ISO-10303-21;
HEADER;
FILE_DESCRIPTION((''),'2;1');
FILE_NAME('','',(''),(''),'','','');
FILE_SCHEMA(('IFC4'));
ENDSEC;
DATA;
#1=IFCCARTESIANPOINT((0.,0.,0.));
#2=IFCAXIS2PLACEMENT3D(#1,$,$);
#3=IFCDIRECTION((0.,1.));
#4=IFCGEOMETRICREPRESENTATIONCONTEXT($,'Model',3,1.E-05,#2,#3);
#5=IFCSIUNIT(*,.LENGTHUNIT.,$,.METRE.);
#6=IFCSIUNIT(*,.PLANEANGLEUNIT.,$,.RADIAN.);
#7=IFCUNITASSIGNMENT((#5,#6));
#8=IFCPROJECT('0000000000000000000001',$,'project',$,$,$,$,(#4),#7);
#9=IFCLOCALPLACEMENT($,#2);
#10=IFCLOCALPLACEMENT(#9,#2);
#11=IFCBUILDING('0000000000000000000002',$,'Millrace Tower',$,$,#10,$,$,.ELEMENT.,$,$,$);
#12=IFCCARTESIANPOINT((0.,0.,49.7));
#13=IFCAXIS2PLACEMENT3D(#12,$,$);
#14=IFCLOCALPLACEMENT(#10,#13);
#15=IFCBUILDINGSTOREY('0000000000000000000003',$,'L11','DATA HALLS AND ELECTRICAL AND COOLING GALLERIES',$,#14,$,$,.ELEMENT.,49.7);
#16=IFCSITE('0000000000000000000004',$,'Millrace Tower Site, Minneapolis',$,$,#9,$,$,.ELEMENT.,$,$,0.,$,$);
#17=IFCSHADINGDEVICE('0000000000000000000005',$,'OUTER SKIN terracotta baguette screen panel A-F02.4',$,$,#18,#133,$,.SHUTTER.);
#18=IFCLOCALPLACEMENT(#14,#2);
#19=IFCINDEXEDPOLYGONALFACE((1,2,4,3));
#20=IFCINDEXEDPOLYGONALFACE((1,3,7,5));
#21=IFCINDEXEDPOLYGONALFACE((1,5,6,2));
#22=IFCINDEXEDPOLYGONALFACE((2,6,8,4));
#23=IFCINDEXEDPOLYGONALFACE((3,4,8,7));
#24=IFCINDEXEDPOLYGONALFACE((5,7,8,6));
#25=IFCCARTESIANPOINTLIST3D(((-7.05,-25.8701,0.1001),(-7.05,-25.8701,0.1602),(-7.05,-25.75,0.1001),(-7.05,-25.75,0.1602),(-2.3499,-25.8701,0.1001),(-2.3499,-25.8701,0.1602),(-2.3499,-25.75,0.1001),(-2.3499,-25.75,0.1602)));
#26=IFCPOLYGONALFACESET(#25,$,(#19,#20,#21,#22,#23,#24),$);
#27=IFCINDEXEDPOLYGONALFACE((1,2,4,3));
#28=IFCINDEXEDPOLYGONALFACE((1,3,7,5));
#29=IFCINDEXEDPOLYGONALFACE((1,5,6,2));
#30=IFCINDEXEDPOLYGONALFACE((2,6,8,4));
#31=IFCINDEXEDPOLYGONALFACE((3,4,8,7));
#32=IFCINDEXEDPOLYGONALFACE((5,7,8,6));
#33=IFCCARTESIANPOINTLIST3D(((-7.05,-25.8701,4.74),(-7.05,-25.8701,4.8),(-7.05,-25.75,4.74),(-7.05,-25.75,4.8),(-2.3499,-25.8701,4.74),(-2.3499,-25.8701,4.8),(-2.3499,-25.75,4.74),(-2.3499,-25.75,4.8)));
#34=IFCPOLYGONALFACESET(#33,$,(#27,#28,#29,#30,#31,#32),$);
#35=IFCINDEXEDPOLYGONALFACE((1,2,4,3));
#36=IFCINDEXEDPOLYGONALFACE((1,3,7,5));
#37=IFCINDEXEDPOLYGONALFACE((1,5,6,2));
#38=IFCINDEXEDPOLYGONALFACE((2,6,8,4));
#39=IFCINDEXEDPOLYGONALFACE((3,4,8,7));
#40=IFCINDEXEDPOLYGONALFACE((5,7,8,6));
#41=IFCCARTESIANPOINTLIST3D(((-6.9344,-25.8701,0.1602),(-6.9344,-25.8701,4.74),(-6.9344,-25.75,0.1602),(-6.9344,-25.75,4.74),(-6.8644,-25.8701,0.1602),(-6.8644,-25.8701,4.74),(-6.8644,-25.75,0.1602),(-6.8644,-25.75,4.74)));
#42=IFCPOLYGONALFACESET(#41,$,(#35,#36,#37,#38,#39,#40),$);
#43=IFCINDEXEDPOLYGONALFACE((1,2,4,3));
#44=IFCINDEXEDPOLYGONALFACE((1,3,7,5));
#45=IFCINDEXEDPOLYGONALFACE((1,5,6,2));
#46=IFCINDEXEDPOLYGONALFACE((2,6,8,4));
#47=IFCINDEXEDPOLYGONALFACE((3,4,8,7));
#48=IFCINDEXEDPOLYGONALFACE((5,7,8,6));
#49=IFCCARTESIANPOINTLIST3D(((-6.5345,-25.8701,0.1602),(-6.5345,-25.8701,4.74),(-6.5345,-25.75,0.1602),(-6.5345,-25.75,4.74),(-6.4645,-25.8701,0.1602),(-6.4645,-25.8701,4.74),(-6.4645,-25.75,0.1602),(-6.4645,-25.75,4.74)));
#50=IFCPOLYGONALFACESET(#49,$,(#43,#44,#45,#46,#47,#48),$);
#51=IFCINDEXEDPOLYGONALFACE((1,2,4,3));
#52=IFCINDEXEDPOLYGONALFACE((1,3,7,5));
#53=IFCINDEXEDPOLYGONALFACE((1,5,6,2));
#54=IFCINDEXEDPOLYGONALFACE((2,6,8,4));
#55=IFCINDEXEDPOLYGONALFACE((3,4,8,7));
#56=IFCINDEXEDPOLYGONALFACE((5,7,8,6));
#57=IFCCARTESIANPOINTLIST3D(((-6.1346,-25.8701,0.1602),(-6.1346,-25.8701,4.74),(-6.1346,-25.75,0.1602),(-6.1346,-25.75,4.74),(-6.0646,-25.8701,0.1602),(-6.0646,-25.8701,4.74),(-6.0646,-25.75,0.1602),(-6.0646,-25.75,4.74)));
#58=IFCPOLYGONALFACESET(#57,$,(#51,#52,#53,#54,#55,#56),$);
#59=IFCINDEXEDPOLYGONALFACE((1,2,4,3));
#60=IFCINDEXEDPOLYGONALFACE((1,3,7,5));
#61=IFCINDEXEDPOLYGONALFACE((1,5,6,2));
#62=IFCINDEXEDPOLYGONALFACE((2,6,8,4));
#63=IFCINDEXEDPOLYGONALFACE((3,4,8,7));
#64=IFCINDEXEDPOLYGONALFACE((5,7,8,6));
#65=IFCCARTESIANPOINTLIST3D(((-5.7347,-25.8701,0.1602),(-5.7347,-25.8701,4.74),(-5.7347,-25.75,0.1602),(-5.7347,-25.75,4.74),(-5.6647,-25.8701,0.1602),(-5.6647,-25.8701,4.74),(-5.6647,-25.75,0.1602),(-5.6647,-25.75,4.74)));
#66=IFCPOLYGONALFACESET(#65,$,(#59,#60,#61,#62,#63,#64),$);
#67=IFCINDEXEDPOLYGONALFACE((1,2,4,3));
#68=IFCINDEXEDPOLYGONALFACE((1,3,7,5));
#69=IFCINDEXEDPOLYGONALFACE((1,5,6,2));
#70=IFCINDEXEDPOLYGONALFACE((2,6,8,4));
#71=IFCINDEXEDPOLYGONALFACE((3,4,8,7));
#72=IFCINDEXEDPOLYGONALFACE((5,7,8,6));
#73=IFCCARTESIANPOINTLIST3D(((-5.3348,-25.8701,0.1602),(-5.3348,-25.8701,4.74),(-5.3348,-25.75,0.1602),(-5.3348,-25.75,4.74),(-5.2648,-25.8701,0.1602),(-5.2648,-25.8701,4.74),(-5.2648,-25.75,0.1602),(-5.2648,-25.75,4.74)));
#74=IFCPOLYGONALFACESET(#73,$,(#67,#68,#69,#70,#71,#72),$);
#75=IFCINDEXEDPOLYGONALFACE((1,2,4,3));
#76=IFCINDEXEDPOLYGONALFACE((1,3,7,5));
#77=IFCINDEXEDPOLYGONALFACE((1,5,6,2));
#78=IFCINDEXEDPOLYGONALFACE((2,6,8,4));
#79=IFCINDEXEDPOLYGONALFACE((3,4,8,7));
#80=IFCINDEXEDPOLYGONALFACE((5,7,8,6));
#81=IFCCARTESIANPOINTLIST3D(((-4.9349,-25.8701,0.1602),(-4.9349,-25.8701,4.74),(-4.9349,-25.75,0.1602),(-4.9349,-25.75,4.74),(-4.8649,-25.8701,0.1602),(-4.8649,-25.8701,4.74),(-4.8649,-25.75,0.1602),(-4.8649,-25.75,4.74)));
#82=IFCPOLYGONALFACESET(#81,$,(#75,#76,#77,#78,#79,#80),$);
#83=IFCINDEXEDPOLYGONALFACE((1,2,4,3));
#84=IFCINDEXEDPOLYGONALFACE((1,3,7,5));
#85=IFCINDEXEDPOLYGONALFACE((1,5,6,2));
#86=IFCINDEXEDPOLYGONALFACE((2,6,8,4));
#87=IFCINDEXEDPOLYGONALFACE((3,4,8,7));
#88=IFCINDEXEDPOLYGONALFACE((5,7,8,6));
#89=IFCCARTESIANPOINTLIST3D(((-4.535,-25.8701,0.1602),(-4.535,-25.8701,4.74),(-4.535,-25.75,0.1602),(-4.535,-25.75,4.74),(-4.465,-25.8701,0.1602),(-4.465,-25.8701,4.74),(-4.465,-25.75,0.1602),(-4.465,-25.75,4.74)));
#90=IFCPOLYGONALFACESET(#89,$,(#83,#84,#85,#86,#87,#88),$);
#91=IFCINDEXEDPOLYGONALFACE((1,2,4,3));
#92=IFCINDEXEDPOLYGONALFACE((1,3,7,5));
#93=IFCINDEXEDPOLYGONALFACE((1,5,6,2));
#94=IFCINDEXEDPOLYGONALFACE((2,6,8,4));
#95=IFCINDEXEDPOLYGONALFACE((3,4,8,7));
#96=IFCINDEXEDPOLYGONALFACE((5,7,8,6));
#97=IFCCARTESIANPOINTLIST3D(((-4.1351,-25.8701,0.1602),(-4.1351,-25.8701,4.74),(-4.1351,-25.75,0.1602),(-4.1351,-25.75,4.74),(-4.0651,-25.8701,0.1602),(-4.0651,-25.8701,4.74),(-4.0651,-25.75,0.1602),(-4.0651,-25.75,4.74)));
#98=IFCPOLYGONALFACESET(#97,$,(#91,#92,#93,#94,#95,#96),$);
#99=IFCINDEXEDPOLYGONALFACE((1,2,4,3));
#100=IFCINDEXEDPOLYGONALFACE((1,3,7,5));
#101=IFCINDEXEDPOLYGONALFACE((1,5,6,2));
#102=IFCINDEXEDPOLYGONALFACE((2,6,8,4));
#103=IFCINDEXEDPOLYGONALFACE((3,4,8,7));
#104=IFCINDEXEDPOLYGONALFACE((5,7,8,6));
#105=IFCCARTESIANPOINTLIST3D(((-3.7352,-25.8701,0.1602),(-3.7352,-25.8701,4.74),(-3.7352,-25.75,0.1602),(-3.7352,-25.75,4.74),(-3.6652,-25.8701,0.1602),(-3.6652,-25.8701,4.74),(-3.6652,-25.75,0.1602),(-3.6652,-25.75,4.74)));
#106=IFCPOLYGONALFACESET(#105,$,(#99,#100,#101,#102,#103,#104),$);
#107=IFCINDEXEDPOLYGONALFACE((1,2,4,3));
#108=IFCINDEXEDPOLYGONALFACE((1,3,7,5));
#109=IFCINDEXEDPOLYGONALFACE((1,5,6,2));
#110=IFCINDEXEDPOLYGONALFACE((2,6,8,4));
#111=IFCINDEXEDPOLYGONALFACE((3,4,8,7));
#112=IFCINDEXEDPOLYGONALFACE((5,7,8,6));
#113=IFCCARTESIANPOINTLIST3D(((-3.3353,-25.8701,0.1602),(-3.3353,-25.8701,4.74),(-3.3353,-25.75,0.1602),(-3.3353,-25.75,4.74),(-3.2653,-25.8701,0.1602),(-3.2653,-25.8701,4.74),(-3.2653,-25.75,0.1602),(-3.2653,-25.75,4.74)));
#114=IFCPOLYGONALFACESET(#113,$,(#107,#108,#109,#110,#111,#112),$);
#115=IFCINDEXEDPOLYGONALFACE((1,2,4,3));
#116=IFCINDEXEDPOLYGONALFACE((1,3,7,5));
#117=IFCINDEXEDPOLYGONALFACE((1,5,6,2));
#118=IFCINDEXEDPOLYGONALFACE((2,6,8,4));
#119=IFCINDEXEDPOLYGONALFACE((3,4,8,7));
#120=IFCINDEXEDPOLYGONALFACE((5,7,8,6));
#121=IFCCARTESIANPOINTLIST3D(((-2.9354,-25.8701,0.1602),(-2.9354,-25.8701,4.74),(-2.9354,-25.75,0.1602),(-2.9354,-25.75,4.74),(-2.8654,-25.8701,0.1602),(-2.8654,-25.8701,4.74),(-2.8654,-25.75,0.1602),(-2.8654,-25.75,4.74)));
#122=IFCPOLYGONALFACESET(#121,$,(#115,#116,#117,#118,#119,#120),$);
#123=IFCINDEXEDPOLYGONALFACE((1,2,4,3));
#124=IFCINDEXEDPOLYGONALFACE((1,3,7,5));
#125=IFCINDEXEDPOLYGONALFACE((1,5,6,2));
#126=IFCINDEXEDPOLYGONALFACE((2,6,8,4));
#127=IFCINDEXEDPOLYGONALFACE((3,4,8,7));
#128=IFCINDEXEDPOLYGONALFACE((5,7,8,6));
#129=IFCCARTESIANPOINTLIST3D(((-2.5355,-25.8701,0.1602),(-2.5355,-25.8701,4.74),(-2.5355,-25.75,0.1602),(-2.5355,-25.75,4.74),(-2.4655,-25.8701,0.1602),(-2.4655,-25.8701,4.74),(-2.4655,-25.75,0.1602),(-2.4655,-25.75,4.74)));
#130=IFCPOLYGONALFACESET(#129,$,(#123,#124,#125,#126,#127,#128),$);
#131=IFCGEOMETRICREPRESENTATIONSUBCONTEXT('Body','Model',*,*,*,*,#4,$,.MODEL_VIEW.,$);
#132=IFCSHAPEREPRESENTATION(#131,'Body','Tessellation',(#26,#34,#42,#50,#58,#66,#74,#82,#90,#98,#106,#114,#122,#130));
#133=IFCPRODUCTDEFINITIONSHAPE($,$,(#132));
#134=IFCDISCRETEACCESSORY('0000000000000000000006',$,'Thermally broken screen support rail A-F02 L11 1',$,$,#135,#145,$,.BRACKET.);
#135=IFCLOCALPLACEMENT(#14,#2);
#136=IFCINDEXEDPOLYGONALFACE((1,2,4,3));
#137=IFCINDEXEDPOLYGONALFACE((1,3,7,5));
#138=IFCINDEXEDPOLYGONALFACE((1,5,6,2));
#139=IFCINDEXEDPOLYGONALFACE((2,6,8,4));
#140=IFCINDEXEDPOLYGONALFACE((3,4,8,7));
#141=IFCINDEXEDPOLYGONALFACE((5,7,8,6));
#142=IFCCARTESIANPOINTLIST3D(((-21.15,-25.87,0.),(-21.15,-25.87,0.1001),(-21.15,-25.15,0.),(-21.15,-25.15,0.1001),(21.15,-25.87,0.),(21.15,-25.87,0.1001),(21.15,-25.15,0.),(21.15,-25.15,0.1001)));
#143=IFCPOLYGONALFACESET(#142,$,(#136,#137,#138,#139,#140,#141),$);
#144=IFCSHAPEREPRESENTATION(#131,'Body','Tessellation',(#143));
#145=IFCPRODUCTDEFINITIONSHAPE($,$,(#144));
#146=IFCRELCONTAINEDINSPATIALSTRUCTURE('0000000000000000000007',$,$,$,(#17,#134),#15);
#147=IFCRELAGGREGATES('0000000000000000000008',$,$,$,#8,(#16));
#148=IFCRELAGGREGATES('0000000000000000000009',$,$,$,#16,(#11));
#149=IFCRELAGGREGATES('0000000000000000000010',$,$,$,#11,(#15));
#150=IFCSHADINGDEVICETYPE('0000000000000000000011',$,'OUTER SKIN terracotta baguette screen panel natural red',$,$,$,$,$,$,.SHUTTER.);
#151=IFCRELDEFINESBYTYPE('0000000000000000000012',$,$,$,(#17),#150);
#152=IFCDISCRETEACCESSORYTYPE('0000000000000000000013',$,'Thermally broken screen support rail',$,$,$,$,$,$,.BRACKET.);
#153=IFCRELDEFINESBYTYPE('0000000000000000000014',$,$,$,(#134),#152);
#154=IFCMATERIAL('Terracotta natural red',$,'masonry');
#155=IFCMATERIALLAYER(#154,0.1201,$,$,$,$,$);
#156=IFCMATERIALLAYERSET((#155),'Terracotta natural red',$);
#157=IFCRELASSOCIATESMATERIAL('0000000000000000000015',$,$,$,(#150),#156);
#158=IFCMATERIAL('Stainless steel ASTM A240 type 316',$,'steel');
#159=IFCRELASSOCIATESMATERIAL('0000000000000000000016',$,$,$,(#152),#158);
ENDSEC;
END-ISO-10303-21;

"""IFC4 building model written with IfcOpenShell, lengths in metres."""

from ifc_helpers import new_model, entity, si_unit, direction, frame, frame_2d, origin, origin_2d, place, context, subcontext, project, spatial, rectangle, extrude, source, transform, mapped, material, layer, layer_set, type_object, element, save


model = new_model("IFC4")

# Units and contexts
model_context = context("Model", 3, precision=1e-05, world=origin(), true_north=direction((0.0, 1.0)))
body_context = subcontext(model_context, "Body", "Model", "MODEL_VIEW")
ifc_project = project(units=[si_unit("LENGTHUNIT", "METRE"), si_unit("PLANEANGLEUNIT", "RADIAN")], contexts=[model_context])

# Site, building, storey
site_placement = place(None, origin())
site = spatial("IfcSite", under=ifc_project, at=site_placement, Name="Millrace Tower Site, Minneapolis", CompositionType="ELEMENT", RefElevation=0.0)
building_placement = place(site_placement, origin())
building = spatial("IfcBuilding", under=site, at=building_placement, Name="Millrace Tower", CompositionType="ELEMENT")
storey_placement = place(building_placement, frame((0.0, 0.0, 49.7)))
storey = spatial("IfcBuildingStorey", under=building, at=storey_placement, Name="L11", Description="DATA HALLS AND ELECTRICAL AND COOLING GALLERIES", CompositionType="ELEMENT", Elevation=49.7)

# Shading device
cartesian_point = entity("IfcCartesianPoint", [-2.3501, 0.0601])
shared_polyline = entity("IfcPolyline", [cartesian_point, entity("IfcCartesianPoint", [2.3501, 0.0601]), entity("IfcCartesianPoint", [2.3501, -0.0601]), entity("IfcCartesianPoint", [-2.3501, -0.0601]), cartesian_point])
ifc_material_1 = material(Name="Terracotta natural red", Category="masonry")
ifc_layer_1 = layer(ifc_material_1, 0.1201)
ifc_layer_set_1 = layer_set([ifc_layer_1], Name="Terracotta natural red")
shading_device_type_1 = type_object("IfcShadingDeviceType", Name="OUTER SKIN terracotta baguette screen panel natural red", PredefinedType="SHUTTER", material=ifc_layer_set_1)
shared_shape_1 = source(origin(), body_context, "Body", "SweptSolid", [
    entity("IfcExtrudedAreaSolid", entity("IfcArbitraryClosedProfileDef", "AREA", None, shared_polyline), entity("IfcAxis2Placement3D", entity("IfcCartesianPoint", [0.0, 0.0, 0.0])), entity("IfcDirection", [0.0, 0.0, 1.0]), 0.0601),
    entity("IfcExtrudedAreaSolid", entity("IfcArbitraryClosedProfileDef", "AREA", None, shared_polyline), entity("IfcAxis2Placement3D", entity("IfcCartesianPoint", [0.0, 0.0, 4.6399])), entity("IfcDirection", [0.0, 0.0, 1.0]), 0.0601),
    extrude(rectangle(XDim=0.0701, YDim=0.1201, at=frame_2d((-2.1995, 0.0))), frame((0.0, 0.0, 0.0601)), (0.0, 0.0, 1.0), 4.5798),
    extrude(rectangle(XDim=0.0701, YDim=0.1201, at=frame_2d((-1.7996, 0.0))), frame((0.0, 0.0, 0.0601)), (0.0, 0.0, 1.0), 4.5798),
    extrude(rectangle(XDim=0.0701, YDim=0.1201, at=frame_2d((-1.3997, 0.0))), frame((0.0, 0.0, 0.0601)), (0.0, 0.0, 1.0), 4.5798),
    extrude(rectangle(XDim=0.0701, YDim=0.1201, at=frame_2d((-0.9998, 0.0))), frame((0.0, 0.0, 0.0601)), (0.0, 0.0, 1.0), 4.5798),
    extrude(rectangle(XDim=0.0701, YDim=0.1201, at=frame_2d((-0.5999, 0.0))), frame((0.0, 0.0, 0.0601)), (0.0, 0.0, 1.0), 4.5798),
    extrude(rectangle(XDim=0.0701, YDim=0.1201, at=frame_2d((-0.2, 0.0))), frame((0.0, 0.0, 0.0601)), (0.0, 0.0, 1.0), 4.5798),
    extrude(rectangle(XDim=0.0701, YDim=0.1201, at=frame_2d((0.2, 0.0))), frame((0.0, 0.0, 0.0601)), (0.0, 0.0, 1.0), 4.5798),
    extrude(rectangle(XDim=0.0701, YDim=0.1201, at=frame_2d((0.5999, 0.0))), frame((0.0, 0.0, 0.0601)), (0.0, 0.0, 1.0), 4.5798),
    extrude(rectangle(XDim=0.0701, YDim=0.1201, at=frame_2d((0.9998, 0.0))), frame((0.0, 0.0, 0.0601)), (0.0, 0.0, 1.0), 4.5798),
    extrude(rectangle(XDim=0.0701, YDim=0.1201, at=frame_2d((1.3997, 0.0))), frame((0.0, 0.0, 0.0601)), (0.0, 0.0, 1.0), 4.5798),
    extrude(rectangle(XDim=0.0701, YDim=0.1201, at=frame_2d((1.7996, 0.0))), frame((0.0, 0.0, 0.0601)), (0.0, 0.0, 1.0), 4.5798),
    extrude(rectangle(XDim=0.0701, YDim=0.1201, at=frame_2d((2.1995, 0.0))), frame((0.0, 0.0, 0.0601)), (0.0, 0.0, 1.0), 4.5798),
])
for number, where, z_axis, x_axis, name in (
    (1, (-4.7, -25.8101, 0.1001), (0.0, 0.0, 1.0), (1.0, 0.0, 0.0), "OUTER SKIN terracotta baguette screen panel A-F02.4"),
):
    element("IfcShadingDevice", number, at=place(storey_placement, frame(where, z_axis=z_axis, x_axis=x_axis)), inside=storey, type_object=shading_device_type_1, Name=name, PredefinedType="SHUTTER", context=body_context, shape_type="MappedRepresentation", body=[
        mapped(shared_shape_1, transform((0.0, 0.0, 0.0), scale=1.0)),
    ])

# Discrete accessory
ifc_material_2 = material(Name="Stainless steel ASTM A240 type 316", Category="steel")
discrete_accessory_type = type_object("IfcDiscreteAccessoryType", Name="Thermally broken screen support rail", PredefinedType="BRACKET", material=ifc_material_2)
discrete_accessory_placement = place(storey_placement, frame((0.0, -25.51, 0.0), z_axis=(0.0, 0.0, 1.0), x_axis=(1.0, 0.0, 0.0)))
element("IfcDiscreteAccessory", 2, at=discrete_accessory_placement, inside=storey, type_object=discrete_accessory_type, Name="Thermally broken screen support rail A-F02 L11 1", PredefinedType="BRACKET", context=body_context, shape_type="SweptSolid", body=[
    extrude(rectangle(XDim=42.3, YDim=0.72, at=origin_2d()), origin(), (0.0, 0.0, 1.0), 0.1001),
])

save(model, "model.ifc")
